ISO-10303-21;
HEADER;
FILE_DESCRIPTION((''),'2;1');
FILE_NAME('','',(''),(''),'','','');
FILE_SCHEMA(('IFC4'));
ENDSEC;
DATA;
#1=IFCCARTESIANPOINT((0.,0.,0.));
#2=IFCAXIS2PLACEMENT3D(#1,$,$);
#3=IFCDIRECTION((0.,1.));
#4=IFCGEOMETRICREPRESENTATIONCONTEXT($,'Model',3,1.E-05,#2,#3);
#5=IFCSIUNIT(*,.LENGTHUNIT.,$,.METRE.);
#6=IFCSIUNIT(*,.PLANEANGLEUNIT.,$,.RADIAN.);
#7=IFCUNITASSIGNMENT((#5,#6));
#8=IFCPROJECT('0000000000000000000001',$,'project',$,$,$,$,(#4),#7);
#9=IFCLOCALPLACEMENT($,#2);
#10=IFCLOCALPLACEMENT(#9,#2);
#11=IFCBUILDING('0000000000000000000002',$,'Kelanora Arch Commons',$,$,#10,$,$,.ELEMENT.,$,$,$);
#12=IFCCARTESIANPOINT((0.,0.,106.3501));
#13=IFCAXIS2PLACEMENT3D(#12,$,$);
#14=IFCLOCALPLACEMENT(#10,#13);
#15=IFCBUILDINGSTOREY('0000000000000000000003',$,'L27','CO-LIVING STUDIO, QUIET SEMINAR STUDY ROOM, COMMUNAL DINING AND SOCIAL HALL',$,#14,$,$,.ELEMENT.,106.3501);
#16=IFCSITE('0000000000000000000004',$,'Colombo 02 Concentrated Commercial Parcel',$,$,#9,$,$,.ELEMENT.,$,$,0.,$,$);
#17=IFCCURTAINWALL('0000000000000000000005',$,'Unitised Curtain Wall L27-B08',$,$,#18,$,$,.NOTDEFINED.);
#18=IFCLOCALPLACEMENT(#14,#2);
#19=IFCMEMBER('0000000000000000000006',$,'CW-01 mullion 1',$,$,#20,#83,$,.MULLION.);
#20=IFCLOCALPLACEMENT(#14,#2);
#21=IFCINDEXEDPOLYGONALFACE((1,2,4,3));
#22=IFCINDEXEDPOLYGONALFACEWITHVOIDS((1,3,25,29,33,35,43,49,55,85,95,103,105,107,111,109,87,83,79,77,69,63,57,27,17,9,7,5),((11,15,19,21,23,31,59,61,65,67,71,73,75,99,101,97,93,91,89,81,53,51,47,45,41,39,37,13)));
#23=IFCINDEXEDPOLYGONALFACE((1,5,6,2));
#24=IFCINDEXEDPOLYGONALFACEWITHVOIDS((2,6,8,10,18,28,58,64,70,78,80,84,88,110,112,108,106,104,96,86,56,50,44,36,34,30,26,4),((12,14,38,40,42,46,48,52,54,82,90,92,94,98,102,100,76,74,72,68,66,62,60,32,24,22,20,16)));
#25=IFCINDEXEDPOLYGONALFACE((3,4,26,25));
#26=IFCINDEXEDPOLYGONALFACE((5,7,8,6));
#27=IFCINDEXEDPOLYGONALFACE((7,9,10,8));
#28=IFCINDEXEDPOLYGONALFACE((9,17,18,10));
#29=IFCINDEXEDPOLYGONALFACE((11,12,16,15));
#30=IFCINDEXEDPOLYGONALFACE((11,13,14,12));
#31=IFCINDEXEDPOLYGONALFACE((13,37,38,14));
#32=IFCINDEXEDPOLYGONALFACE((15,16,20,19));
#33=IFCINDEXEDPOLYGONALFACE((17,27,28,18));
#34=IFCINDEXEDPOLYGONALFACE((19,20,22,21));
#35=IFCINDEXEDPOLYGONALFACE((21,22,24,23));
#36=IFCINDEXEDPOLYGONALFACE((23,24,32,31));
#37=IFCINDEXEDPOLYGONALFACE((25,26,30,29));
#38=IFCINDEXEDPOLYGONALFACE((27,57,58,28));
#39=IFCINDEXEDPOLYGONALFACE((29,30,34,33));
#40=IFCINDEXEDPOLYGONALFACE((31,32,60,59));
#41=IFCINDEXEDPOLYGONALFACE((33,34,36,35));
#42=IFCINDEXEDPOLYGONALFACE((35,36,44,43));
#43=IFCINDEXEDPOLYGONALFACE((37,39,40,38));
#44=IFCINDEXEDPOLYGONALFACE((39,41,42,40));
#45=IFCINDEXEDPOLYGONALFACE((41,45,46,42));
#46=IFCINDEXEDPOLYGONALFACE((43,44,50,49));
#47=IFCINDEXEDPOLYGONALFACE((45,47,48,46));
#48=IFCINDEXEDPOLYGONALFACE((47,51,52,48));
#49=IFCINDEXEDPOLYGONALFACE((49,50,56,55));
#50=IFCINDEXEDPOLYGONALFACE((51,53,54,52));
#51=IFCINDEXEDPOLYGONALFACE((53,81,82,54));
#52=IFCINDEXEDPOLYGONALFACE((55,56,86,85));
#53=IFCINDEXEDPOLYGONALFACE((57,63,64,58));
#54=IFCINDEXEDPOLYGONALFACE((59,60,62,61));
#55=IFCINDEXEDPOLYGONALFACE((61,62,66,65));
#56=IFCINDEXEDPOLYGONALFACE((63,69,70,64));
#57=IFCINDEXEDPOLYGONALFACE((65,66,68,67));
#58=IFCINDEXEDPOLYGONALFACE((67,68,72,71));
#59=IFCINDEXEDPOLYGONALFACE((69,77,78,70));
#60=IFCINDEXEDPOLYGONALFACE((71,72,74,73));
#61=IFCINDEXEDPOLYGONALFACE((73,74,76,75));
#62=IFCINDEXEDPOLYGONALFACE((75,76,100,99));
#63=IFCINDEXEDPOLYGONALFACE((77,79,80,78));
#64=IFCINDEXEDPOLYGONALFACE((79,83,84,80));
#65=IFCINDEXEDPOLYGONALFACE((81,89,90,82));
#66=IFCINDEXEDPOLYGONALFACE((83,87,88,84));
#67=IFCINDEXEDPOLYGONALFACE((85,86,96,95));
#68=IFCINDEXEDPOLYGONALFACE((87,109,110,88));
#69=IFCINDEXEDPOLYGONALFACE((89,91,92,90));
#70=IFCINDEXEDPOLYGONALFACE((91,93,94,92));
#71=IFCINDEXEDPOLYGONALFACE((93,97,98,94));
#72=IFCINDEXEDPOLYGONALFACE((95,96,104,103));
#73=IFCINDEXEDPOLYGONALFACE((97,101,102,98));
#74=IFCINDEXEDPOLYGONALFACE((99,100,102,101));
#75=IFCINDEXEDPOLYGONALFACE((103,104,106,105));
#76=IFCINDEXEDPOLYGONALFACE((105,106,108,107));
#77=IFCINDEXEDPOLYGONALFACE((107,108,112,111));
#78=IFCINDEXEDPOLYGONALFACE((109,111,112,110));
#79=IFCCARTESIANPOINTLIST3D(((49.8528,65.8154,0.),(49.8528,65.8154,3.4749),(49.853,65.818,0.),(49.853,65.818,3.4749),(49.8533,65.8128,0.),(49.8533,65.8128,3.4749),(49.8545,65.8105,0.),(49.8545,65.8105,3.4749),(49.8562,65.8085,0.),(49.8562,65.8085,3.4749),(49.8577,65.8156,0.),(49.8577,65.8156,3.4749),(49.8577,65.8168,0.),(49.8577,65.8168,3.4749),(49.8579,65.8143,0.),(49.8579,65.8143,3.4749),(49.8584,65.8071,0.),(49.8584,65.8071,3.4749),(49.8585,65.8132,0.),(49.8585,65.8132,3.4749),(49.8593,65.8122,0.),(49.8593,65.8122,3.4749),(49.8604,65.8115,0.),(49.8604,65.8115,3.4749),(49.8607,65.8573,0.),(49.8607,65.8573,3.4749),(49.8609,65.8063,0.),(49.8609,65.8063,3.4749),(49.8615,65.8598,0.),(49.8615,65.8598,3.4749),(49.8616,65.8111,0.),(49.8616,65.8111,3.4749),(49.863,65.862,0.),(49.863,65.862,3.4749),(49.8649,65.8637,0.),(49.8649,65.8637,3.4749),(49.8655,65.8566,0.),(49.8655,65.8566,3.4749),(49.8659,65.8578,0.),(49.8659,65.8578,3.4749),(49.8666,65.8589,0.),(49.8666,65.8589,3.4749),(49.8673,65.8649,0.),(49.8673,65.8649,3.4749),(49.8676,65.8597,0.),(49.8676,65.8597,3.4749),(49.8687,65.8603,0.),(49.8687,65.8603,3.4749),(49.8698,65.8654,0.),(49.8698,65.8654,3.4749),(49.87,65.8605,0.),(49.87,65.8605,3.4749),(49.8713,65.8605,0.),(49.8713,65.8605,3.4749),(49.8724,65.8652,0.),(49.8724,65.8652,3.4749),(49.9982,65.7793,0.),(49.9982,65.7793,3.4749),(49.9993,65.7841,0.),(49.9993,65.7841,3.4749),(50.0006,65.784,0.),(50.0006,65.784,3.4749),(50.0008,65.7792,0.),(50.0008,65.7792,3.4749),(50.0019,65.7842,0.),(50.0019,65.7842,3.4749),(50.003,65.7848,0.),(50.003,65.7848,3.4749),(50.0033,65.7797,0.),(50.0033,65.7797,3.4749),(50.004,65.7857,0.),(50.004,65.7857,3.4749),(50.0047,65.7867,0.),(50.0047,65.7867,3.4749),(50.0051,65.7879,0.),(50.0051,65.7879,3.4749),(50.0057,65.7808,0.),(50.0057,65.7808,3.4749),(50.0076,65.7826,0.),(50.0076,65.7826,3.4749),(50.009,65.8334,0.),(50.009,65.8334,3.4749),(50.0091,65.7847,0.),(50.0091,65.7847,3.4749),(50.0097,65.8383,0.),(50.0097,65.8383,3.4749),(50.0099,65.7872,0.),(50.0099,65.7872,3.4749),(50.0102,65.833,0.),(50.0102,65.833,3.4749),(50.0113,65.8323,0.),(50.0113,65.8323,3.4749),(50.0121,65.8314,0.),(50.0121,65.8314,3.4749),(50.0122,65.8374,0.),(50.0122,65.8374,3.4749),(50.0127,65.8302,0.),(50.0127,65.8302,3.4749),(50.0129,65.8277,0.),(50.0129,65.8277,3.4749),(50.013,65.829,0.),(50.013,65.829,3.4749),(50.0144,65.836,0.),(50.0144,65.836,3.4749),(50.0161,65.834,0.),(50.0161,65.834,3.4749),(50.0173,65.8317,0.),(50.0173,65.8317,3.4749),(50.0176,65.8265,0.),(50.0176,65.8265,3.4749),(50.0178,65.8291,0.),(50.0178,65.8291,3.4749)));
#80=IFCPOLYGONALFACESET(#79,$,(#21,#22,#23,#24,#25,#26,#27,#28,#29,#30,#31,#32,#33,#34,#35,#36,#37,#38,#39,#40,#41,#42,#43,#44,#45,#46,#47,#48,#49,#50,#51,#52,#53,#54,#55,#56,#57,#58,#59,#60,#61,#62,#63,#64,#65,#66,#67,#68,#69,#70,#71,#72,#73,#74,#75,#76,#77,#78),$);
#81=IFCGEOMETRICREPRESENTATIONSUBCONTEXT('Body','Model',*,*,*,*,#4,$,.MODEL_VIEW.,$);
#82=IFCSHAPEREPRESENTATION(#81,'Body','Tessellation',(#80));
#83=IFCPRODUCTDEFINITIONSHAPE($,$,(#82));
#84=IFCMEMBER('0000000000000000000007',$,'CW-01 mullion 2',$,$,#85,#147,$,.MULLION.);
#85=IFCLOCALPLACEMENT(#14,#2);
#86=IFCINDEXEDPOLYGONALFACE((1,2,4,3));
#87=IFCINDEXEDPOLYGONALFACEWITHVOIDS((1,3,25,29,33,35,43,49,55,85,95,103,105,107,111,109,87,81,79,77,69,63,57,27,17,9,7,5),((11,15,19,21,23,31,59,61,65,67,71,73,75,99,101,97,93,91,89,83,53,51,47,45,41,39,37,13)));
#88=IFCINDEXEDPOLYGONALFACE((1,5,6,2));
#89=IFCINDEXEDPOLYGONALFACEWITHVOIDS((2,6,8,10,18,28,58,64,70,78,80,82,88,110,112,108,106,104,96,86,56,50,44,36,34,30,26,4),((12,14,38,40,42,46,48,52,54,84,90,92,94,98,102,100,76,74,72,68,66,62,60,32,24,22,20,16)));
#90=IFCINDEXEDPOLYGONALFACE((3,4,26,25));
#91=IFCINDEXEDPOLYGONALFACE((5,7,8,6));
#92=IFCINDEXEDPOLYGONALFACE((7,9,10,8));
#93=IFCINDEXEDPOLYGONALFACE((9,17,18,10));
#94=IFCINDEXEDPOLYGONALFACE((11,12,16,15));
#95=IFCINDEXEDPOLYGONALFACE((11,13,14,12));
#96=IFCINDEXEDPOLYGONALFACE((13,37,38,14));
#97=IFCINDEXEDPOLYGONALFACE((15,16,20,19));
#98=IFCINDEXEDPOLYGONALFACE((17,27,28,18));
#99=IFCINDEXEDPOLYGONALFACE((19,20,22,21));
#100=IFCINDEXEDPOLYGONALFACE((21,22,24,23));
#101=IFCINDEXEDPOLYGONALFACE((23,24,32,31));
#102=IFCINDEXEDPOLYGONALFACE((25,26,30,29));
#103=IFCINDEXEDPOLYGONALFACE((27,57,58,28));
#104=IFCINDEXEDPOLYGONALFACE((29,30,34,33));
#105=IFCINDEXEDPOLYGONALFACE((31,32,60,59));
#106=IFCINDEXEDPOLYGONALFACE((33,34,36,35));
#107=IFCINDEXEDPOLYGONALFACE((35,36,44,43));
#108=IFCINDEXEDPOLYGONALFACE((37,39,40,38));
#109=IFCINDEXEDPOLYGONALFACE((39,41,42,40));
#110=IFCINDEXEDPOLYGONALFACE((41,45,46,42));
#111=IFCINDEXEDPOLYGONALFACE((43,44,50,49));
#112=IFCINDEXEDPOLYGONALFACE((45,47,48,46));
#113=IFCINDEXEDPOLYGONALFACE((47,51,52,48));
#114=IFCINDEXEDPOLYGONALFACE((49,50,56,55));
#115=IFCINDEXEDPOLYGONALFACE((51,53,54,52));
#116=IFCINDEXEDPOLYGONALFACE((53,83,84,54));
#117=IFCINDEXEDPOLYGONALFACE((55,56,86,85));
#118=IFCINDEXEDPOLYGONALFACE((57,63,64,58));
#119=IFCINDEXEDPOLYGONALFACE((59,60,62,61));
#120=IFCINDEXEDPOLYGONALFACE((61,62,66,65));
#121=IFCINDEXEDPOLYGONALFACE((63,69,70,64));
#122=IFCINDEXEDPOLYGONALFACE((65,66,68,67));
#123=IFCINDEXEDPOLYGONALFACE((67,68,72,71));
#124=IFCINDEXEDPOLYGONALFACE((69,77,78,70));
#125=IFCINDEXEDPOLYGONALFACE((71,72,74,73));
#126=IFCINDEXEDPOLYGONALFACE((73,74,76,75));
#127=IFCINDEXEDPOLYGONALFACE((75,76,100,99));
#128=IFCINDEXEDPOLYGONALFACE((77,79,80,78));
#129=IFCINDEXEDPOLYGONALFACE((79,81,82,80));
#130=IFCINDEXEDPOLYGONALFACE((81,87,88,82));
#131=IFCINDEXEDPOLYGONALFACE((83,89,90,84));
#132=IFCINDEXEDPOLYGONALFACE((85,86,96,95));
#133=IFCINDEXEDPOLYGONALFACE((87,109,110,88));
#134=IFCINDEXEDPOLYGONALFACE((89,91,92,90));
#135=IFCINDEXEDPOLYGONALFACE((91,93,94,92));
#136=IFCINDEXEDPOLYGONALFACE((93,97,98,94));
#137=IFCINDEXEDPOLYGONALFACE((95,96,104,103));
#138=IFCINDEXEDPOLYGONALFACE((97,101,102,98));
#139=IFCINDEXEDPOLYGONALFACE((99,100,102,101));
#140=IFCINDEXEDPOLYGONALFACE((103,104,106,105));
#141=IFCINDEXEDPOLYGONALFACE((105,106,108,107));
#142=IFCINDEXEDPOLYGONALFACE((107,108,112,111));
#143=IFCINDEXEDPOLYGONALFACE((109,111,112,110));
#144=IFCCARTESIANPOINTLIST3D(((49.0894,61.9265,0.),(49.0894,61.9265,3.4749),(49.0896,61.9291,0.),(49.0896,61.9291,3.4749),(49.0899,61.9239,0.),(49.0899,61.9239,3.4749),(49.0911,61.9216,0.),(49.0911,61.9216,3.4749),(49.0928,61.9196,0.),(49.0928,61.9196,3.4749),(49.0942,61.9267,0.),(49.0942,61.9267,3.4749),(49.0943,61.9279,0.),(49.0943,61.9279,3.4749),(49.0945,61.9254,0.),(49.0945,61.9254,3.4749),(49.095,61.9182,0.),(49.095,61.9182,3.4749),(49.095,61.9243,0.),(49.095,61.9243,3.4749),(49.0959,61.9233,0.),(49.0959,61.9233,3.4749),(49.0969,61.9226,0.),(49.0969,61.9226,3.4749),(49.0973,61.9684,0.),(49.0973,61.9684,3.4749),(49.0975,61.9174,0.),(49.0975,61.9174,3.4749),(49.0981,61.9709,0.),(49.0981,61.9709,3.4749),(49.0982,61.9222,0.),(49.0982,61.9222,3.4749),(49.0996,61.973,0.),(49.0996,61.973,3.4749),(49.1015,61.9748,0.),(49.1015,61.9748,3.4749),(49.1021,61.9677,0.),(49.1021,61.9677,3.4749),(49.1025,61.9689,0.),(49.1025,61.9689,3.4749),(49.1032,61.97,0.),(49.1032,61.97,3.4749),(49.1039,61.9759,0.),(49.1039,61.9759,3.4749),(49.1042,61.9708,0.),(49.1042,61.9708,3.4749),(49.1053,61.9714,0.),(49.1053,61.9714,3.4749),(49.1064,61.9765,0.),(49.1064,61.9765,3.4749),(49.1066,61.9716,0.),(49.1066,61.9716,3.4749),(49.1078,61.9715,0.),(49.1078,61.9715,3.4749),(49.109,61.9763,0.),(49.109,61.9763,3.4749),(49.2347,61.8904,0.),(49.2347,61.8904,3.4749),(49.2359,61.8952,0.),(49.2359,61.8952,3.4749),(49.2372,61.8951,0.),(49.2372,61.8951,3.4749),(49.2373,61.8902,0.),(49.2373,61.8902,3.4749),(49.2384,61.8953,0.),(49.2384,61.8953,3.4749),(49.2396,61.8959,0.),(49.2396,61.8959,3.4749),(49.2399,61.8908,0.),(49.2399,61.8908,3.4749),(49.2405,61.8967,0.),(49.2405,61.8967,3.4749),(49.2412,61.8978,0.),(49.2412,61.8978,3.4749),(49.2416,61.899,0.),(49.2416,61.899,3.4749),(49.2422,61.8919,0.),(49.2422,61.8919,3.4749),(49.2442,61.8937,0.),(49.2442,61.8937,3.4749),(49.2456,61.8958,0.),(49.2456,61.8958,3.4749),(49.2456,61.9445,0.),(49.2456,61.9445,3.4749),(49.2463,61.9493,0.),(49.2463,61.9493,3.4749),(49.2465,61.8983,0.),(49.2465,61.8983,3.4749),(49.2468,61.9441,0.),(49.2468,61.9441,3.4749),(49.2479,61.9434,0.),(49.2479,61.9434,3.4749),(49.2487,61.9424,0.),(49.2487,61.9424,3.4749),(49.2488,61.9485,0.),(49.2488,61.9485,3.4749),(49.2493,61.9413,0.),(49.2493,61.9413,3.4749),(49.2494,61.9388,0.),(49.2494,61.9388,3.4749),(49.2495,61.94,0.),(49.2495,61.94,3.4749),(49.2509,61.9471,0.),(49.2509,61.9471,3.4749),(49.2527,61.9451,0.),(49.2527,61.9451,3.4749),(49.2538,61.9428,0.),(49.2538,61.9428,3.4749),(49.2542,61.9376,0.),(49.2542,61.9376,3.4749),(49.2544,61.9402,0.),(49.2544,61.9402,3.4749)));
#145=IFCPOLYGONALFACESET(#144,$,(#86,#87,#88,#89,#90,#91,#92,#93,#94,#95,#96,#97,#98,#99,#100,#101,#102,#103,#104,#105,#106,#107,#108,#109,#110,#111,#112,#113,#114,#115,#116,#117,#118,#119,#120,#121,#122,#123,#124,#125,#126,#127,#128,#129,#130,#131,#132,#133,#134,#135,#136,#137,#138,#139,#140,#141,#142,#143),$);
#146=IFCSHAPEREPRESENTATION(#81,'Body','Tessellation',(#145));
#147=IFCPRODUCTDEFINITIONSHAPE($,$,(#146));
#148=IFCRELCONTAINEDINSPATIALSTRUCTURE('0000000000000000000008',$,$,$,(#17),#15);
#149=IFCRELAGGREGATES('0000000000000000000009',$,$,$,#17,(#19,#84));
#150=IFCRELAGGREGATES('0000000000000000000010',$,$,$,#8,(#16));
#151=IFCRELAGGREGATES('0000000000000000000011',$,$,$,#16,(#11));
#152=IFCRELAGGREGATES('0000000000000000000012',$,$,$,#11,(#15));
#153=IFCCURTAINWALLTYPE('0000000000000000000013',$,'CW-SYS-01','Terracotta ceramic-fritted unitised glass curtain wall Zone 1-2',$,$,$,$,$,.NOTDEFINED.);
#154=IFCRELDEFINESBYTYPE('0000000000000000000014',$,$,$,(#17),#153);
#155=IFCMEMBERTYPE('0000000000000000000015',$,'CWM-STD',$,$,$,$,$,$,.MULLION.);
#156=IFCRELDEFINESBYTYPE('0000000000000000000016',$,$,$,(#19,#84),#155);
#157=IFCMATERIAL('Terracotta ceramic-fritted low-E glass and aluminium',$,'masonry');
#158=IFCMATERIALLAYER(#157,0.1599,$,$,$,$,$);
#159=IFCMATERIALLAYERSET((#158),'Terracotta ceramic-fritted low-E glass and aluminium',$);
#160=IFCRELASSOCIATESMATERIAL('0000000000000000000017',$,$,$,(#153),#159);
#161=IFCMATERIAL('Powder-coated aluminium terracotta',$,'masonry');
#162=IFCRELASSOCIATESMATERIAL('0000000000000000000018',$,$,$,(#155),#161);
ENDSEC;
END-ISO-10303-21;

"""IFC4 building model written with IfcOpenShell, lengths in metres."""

from ifc_helpers import new_model, si_unit, direction, frame, origin, origin_2d, place, context, subcontext, project, spatial, hollow_rectangle, extrude, material, layer, layer_set, material_profile, profile_set, type_object, element, aggregate, save


model = new_model("IFC4")

# Units and contexts
model_context = context("Model", 3, precision=1e-05, world=origin(), true_north=direction((0.0, 1.0)))
body_context = subcontext(model_context, "Body", "Model", "MODEL_VIEW")
ifc_project = project(units=[si_unit("LENGTHUNIT", "METRE"), si_unit("PLANEANGLEUNIT", "RADIAN")], contexts=[model_context])

# Site, building, storey
site_placement = place(None, origin())
site = spatial("IfcSite", under=ifc_project, at=site_placement, Name="Colombo 02 Concentrated Commercial Parcel", CompositionType="ELEMENT", RefElevation=0.0)
building_placement = place(site_placement, origin())
building = spatial("IfcBuilding", under=site, at=building_placement, Name="Kelanora Arch Commons", CompositionType="ELEMENT")
storey_placement = place(building_placement, frame((0.0, 0.0, 106.3501)))
storey = spatial("IfcBuildingStorey", under=building, at=storey_placement, Name="L27", Description="CO-LIVING STUDIO, QUIET SEMINAR STUDY ROOM, COMMUNAL DINING AND SOCIAL HALL", CompositionType="ELEMENT", Elevation=106.3501)

# Curtain wall, members
ifc_material_1 = material(Name="Terracotta ceramic-fritted low-E glass and aluminium", Category="masonry")
ifc_layer_1 = layer(ifc_material_1, 0.1599)
ifc_layer_set_1 = layer_set([ifc_layer_1], Name="Terracotta ceramic-fritted low-E glass and aluminium")
curtain_wall_type = type_object("IfcCurtainWallType", Name="CW-SYS-01", Description="Terracotta ceramic-fritted unitised glass curtain wall Zone 1-2", PredefinedType="NOTDEFINED", material=ifc_layer_set_1)
curtain_wall_placement = place(storey_placement, origin())
curtain_wall = element("IfcCurtainWall", 1, at=curtain_wall_placement, inside=storey, type_object=curtain_wall_type, Name="Unitised Curtain Wall L27-B08", PredefinedType="NOTDEFINED")
ifc_material_2 = material(Name="Powder-coated aluminium terracotta", Category="masonry")
ifc_material_profile_1 = material_profile(ifc_material_2, hollow_rectangle(XDim=0.1599, YDim=0.0601, WallThickness=0.0049, InnerFilletRadius=0.0049, OuterFilletRadius=0.01, at=origin_2d()), Name="CWM160x60")
ifc_profile_set_1 = profile_set([ifc_material_profile_1], Name="Powder-coated aluminium terracotta")
member_type_1 = type_object("IfcMemberType", Name="CWM-STD", PredefinedType="MULLION", material=ifc_profile_set_1)
member_1_placement = place(storey_placement, frame((49.9353, 65.8223, 0.0), z_axis=(0.0, 0.0, 1.0), x_axis=(0.98128, -0.192585, 0.0)))
member_1 = element("IfcMember", 2, at=member_1_placement, type_object=member_type_1, Name="CW-01 mullion 1", PredefinedType="MULLION", context=body_context, shape_type="SweptSolid", body=[
    extrude(hollow_rectangle(XDim=0.1599, YDim=0.0601, WallThickness=0.0049, InnerFilletRadius=0.0049, OuterFilletRadius=0.01, at=origin_2d()), origin(), (0.0, 0.0, 1.0), 3.4749),
])
member_2_placement = place(storey_placement, frame((49.1719, 61.9333, 0.0), z_axis=(0.0, 0.0, 1.0), x_axis=(0.98128, -0.192585, 0.0)))
member_2 = element("IfcMember", 3, at=member_2_placement, type_object=member_type_1, Name="CW-01 mullion 2", PredefinedType="MULLION", context=body_context, shape_type="SweptSolid", body=[
    extrude(hollow_rectangle(XDim=0.1599, YDim=0.0601, WallThickness=0.0049, InnerFilletRadius=0.0049, OuterFilletRadius=0.01, at=origin_2d()), origin(), (0.0, 0.0, 1.0), 3.4749),
])
aggregate(curtain_wall, [member_1, member_2])

save(model, "model.ifc")
